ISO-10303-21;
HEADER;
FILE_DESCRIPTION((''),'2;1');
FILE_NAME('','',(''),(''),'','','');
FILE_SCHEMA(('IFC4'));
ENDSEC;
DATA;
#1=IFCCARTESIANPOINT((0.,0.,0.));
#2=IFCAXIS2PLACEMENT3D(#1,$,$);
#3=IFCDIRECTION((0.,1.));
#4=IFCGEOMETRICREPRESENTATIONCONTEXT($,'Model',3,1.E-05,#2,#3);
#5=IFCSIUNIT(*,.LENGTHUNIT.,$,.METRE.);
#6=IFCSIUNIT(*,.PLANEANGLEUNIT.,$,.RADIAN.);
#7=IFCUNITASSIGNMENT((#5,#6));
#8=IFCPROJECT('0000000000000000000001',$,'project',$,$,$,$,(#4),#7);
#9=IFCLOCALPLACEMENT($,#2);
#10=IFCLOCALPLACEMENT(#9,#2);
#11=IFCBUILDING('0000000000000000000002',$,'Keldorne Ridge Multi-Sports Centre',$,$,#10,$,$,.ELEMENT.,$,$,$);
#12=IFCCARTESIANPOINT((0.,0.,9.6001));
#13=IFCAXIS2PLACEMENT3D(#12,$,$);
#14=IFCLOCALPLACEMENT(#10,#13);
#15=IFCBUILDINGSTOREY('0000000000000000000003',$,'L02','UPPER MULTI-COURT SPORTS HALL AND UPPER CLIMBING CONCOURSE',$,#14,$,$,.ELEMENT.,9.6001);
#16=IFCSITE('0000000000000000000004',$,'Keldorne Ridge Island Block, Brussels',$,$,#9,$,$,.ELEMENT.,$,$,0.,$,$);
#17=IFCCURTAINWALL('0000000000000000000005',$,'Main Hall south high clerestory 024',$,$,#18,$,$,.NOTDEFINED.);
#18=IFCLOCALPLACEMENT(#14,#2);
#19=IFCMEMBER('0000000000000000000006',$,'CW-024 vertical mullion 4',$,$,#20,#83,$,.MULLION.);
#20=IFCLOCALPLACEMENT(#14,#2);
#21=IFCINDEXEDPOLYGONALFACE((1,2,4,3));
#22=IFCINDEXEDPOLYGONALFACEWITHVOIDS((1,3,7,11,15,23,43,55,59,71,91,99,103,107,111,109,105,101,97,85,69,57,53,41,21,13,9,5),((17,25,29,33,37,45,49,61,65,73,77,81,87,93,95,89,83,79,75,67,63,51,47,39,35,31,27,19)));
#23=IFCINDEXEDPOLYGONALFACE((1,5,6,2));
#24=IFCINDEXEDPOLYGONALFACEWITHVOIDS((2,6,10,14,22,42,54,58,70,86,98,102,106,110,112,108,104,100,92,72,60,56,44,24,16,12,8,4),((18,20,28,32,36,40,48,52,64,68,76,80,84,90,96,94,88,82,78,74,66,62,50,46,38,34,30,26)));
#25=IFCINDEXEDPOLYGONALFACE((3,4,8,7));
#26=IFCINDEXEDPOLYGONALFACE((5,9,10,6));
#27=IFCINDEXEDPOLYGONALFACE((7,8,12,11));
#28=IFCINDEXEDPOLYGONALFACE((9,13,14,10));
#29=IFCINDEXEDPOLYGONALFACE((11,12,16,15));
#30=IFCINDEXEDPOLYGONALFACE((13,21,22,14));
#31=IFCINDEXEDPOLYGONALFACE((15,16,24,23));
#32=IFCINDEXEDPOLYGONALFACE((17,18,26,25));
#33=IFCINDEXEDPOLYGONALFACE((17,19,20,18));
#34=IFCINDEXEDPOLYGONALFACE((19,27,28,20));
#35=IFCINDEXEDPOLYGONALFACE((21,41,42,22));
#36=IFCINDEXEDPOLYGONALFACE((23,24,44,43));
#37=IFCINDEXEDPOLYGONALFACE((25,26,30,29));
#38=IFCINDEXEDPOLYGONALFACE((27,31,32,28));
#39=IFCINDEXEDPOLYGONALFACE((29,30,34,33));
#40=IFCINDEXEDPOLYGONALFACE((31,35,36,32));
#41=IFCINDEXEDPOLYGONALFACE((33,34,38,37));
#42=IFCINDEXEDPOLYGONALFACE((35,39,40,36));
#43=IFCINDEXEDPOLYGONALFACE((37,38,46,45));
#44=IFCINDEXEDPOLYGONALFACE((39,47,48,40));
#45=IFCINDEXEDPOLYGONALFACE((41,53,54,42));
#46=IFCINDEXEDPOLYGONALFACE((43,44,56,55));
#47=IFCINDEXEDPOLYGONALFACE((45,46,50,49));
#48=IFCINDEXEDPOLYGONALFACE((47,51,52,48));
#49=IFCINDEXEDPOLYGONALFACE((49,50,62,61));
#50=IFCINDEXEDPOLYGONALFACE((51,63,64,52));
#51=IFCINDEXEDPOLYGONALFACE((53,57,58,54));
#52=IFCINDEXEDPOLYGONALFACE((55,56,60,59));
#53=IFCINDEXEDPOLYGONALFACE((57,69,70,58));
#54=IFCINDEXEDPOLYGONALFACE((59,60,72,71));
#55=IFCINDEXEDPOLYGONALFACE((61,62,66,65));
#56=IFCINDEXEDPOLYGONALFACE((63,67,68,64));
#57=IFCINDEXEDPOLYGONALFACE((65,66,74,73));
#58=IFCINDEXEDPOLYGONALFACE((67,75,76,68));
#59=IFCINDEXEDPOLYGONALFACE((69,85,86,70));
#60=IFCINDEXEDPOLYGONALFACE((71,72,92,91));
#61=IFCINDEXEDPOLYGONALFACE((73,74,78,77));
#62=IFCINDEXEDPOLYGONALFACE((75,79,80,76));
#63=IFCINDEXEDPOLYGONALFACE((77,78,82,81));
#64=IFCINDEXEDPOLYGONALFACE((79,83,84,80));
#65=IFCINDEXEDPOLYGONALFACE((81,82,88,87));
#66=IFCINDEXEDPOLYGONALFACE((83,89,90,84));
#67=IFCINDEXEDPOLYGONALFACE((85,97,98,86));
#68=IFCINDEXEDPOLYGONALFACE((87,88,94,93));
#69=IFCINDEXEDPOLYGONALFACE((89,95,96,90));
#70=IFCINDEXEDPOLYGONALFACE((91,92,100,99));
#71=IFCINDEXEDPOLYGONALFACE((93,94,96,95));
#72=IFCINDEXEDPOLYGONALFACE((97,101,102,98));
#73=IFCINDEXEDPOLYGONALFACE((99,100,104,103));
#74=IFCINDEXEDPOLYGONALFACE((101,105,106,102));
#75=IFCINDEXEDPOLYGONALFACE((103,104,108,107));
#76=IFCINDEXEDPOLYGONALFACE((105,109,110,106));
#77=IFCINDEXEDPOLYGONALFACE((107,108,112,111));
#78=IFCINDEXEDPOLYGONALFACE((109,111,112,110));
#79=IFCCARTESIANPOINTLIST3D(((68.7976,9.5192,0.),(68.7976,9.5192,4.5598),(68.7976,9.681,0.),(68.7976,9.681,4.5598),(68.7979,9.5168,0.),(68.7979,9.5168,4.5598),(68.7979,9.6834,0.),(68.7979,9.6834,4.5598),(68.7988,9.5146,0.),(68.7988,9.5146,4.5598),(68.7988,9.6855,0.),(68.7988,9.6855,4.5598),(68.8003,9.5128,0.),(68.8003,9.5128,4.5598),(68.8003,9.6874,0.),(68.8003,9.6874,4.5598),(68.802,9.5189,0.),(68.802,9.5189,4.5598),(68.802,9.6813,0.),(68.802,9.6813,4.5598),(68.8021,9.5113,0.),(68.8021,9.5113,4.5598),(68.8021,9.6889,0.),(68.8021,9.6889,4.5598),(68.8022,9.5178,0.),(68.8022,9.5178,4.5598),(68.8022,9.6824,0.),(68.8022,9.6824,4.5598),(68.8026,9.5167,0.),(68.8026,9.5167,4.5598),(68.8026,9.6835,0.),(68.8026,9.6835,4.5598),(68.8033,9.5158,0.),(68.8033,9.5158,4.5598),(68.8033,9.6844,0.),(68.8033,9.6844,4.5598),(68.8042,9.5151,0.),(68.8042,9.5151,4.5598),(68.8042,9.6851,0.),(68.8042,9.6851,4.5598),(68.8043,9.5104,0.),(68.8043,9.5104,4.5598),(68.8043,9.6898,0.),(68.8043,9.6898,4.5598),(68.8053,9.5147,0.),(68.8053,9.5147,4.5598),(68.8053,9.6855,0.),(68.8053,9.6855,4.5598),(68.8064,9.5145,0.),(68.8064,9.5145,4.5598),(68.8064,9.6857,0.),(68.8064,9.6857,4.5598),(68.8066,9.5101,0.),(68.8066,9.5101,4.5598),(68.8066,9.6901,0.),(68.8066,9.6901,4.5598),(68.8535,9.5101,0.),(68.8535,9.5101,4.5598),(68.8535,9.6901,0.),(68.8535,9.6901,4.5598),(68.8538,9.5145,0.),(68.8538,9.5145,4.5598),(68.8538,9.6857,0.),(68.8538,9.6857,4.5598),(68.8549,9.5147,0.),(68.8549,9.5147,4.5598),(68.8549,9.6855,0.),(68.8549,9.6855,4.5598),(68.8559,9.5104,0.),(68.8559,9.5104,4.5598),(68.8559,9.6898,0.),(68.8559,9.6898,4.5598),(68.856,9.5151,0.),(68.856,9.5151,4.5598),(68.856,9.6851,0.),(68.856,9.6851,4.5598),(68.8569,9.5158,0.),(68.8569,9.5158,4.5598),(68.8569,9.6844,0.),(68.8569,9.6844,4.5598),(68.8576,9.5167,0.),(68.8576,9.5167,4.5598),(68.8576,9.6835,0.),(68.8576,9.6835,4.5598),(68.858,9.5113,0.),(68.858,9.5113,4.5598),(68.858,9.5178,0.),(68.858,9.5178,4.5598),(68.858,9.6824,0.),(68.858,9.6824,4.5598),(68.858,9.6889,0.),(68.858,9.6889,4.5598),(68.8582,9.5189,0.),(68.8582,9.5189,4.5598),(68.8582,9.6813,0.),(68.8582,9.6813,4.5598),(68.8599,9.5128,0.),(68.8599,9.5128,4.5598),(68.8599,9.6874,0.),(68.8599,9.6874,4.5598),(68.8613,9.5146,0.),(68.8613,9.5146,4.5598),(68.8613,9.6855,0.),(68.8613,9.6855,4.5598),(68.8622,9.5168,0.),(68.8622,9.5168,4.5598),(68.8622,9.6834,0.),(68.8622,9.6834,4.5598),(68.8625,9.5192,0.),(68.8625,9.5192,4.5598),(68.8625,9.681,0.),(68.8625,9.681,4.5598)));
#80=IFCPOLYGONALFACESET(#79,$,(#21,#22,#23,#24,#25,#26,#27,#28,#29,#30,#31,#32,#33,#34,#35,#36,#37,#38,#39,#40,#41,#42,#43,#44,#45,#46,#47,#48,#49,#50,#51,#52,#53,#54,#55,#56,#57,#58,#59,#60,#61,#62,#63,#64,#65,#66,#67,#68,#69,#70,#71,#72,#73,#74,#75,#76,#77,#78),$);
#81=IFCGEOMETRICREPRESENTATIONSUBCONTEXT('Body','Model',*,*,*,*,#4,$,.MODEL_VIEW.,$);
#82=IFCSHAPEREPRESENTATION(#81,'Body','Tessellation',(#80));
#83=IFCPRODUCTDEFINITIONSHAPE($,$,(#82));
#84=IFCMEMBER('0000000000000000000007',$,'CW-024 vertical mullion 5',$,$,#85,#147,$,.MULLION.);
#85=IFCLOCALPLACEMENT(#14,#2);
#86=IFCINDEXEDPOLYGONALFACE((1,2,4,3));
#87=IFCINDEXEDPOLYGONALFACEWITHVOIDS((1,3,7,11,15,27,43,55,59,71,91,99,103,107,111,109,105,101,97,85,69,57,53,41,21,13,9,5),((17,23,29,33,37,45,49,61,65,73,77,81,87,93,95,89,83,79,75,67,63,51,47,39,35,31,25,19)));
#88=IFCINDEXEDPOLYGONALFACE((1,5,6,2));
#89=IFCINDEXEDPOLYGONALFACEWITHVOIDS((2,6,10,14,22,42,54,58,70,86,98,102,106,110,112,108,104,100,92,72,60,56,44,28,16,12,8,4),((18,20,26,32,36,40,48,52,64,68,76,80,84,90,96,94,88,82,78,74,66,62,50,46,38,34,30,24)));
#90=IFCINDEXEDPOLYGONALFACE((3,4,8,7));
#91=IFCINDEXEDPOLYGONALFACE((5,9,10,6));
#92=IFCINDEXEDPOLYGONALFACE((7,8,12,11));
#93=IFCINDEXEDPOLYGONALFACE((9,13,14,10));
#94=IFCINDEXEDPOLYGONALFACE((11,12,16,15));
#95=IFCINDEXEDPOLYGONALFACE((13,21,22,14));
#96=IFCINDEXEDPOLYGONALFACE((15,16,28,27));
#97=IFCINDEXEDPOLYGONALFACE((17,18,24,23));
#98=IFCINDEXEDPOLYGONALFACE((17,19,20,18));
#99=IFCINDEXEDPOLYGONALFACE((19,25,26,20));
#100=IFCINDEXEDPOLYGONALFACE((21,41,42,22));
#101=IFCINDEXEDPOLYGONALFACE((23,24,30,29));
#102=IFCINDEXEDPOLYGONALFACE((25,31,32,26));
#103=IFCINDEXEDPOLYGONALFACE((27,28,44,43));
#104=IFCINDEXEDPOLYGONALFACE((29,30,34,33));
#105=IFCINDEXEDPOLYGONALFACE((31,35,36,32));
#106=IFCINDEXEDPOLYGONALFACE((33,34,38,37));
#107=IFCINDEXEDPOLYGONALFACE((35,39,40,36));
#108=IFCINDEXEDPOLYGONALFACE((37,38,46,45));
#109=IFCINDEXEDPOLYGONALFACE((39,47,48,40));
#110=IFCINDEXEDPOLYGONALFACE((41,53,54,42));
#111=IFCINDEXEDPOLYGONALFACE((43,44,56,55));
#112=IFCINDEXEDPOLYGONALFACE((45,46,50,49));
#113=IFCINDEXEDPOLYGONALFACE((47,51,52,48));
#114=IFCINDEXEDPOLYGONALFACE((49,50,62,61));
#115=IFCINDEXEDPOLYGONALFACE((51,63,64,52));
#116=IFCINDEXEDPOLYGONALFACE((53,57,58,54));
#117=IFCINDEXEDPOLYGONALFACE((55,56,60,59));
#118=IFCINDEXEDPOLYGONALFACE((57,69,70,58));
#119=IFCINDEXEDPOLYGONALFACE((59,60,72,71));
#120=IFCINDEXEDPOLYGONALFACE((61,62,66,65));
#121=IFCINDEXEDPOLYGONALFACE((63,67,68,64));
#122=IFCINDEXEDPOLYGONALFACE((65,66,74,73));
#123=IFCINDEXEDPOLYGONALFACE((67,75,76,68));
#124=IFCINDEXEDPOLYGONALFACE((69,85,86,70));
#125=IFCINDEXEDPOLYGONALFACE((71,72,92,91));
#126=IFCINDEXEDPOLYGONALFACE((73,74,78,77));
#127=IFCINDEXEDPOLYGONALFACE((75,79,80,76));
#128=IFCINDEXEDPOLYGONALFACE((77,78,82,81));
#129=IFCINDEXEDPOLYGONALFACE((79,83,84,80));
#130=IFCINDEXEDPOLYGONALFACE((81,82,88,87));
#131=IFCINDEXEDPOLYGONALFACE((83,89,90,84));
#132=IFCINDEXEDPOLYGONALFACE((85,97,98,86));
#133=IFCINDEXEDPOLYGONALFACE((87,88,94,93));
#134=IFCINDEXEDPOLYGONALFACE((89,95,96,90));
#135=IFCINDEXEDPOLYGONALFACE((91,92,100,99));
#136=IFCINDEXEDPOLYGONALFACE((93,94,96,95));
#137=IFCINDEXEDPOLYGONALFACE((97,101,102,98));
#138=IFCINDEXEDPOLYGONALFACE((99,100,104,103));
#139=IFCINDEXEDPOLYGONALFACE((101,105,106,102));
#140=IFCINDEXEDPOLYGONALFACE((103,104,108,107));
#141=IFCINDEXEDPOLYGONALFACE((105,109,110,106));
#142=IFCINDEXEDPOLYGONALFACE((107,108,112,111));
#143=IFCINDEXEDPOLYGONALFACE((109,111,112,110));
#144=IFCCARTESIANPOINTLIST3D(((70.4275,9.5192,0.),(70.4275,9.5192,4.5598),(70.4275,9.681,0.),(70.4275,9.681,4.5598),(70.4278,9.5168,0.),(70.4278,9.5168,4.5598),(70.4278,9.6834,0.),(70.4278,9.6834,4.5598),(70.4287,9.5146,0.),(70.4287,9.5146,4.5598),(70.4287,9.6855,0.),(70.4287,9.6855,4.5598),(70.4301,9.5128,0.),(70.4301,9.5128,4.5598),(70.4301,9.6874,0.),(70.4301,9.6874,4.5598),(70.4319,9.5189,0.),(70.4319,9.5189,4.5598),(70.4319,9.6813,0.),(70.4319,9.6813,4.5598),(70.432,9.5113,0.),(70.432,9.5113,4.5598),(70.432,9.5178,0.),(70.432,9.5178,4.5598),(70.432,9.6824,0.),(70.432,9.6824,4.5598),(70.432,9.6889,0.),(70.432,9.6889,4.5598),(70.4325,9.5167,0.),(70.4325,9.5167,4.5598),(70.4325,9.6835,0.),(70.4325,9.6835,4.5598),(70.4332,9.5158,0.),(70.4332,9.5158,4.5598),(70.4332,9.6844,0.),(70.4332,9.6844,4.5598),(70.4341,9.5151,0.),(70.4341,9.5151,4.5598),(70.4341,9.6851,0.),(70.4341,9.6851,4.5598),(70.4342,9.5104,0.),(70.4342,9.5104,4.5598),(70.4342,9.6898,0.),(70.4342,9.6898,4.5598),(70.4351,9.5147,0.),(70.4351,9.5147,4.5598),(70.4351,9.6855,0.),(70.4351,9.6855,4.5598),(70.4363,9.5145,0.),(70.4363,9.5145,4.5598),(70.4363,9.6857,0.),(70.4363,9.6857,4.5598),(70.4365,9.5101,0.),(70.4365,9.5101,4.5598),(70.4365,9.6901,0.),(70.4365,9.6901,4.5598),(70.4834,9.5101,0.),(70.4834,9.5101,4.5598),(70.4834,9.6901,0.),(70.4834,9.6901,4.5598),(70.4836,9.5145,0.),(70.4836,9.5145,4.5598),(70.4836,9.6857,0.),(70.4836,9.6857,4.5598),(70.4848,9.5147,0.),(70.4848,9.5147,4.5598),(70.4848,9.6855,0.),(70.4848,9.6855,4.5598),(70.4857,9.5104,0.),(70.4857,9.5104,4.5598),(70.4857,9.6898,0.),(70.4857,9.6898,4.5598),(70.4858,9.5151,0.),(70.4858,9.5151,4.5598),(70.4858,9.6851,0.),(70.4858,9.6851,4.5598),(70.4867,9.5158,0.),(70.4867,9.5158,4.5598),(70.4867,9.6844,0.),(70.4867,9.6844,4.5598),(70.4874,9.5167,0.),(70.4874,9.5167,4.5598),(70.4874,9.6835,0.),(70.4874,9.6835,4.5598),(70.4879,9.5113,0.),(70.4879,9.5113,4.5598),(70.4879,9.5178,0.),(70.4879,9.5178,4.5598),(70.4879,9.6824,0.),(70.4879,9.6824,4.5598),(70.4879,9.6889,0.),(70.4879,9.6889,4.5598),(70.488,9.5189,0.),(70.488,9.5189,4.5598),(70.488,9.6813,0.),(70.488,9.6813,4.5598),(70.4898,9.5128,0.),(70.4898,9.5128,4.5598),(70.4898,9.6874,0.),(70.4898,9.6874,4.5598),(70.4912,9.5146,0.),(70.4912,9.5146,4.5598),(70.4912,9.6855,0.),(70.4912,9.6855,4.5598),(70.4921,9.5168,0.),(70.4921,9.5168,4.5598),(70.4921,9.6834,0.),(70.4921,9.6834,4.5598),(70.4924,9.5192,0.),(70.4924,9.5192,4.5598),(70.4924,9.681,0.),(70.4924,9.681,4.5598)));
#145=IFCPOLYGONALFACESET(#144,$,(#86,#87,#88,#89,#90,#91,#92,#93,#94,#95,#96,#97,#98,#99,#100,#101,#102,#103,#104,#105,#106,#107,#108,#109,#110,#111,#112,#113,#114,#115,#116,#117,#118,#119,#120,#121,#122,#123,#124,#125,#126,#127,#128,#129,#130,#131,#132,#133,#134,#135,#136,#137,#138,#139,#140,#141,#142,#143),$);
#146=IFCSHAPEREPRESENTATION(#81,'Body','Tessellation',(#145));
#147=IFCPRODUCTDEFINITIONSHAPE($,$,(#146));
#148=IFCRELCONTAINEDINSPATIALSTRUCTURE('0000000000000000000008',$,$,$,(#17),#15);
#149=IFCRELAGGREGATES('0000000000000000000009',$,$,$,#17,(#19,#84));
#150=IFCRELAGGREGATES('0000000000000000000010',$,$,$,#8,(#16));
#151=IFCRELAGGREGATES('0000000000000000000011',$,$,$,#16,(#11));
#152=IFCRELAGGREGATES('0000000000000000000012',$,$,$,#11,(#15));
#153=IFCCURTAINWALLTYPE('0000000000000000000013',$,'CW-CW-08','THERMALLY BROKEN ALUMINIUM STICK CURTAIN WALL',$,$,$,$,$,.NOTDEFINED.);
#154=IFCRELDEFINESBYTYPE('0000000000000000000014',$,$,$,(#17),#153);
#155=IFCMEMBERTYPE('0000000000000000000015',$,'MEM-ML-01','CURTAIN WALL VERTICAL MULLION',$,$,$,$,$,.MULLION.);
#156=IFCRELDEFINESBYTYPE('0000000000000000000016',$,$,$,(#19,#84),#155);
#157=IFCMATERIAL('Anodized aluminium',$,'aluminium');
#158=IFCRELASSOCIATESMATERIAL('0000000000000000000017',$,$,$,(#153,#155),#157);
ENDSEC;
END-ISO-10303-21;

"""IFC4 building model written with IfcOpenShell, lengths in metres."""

from ifc_helpers import new_model, si_unit, direction, frame, origin, origin_2d, place, context, subcontext, project, spatial, hollow_rectangle, extrude, material, material_profile, profile_set, type_object, element, aggregate, save


model = new_model("IFC4")

# Units and contexts
model_context = context("Model", 3, precision=1e-05, world=origin(), true_north=direction((0.0, 1.0)))
body_context = subcontext(model_context, "Body", "Model", "MODEL_VIEW")
ifc_project = project(units=[si_unit("LENGTHUNIT", "METRE"), si_unit("PLANEANGLEUNIT", "RADIAN")], contexts=[model_context])

# Site, building, storey
site_placement = place(None, origin())
site = spatial("IfcSite", under=ifc_project, at=site_placement, Name="Keldorne Ridge Island Block, Brussels", CompositionType="ELEMENT", RefElevation=0.0)
building_placement = place(site_placement, origin())
building = spatial("IfcBuilding", under=site, at=building_placement, Name="Keldorne Ridge Multi-Sports Centre", CompositionType="ELEMENT")
storey_placement = place(building_placement, frame((0.0, 0.0, 9.6001)))
storey = spatial("IfcBuildingStorey", under=building, at=storey_placement, Name="L02", Description="UPPER MULTI-COURT SPORTS HALL AND UPPER CLIMBING CONCOURSE", CompositionType="ELEMENT", Elevation=9.6001)

# Curtain wall, members
ifc_material_1 = material(Name="Anodized aluminium", Category="aluminium")
curtain_wall_type_1 = type_object("IfcCurtainWallType", Name="CW-CW-08", Description="THERMALLY BROKEN ALUMINIUM STICK CURTAIN WALL", PredefinedType="NOTDEFINED", material=ifc_material_1)
curtain_wall_1_placement = place(storey_placement, origin())
curtain_wall_1 = element("IfcCurtainWall", 1, at=curtain_wall_1_placement, inside=storey, type_object=curtain_wall_type_1, Name="Main Hall south high clerestory 024", PredefinedType="NOTDEFINED")
ifc_material_profile_1 = material_profile(ifc_material_1, hollow_rectangle(XDim=0.0649, YDim=0.1799, WallThickness=0.0044, InnerFilletRadius=0.0044, OuterFilletRadius=0.009, at=origin_2d()), Name="ALU MULLION 180x65x4.5")
ifc_profile_set_1 = profile_set([ifc_material_profile_1], Name="Anodized aluminium")
member_type_1 = type_object("IfcMemberType", Name="MEM-ML-01", Description="CURTAIN WALL VERTICAL MULLION", PredefinedType="MULLION", material=ifc_profile_set_1)
member_1_placement = place(storey_placement, frame((68.8301, 9.6001, 0.0), z_axis=(0.0, 0.0, 1.0), x_axis=(1.0, 0.0, 0.0)))
member_1 = element("IfcMember", 2, at=member_1_placement, type_object=member_type_1, Name="CW-024 vertical mullion 4", PredefinedType="MULLION", context=body_context, shape_type="SweptSolid", body=[
    extrude(hollow_rectangle(XDim=0.0649, YDim=0.1799, WallThickness=0.0044, InnerFilletRadius=0.0044, OuterFilletRadius=0.009, at=origin_2d()), origin(), (0.0, 0.0, 1.0), 4.5598),
])
member_2_placement = place(storey_placement, frame((70.46, 9.6001, 0.0), z_axis=(0.0, 0.0, 1.0), x_axis=(1.0, 0.0, 0.0)))
member_2 = element("IfcMember", 3, at=member_2_placement, type_object=member_type_1, Name="CW-024 vertical mullion 5", PredefinedType="MULLION", context=body_context, shape_type="SweptSolid", body=[
    extrude(hollow_rectangle(XDim=0.0649, YDim=0.1799, WallThickness=0.0044, InnerFilletRadius=0.0044, OuterFilletRadius=0.009, at=origin_2d()), origin(), (0.0, 0.0, 1.0), 4.5598),
])

aggregate(curtain_wall_1, [member_1, member_2])

save(model, "model.ifc")
